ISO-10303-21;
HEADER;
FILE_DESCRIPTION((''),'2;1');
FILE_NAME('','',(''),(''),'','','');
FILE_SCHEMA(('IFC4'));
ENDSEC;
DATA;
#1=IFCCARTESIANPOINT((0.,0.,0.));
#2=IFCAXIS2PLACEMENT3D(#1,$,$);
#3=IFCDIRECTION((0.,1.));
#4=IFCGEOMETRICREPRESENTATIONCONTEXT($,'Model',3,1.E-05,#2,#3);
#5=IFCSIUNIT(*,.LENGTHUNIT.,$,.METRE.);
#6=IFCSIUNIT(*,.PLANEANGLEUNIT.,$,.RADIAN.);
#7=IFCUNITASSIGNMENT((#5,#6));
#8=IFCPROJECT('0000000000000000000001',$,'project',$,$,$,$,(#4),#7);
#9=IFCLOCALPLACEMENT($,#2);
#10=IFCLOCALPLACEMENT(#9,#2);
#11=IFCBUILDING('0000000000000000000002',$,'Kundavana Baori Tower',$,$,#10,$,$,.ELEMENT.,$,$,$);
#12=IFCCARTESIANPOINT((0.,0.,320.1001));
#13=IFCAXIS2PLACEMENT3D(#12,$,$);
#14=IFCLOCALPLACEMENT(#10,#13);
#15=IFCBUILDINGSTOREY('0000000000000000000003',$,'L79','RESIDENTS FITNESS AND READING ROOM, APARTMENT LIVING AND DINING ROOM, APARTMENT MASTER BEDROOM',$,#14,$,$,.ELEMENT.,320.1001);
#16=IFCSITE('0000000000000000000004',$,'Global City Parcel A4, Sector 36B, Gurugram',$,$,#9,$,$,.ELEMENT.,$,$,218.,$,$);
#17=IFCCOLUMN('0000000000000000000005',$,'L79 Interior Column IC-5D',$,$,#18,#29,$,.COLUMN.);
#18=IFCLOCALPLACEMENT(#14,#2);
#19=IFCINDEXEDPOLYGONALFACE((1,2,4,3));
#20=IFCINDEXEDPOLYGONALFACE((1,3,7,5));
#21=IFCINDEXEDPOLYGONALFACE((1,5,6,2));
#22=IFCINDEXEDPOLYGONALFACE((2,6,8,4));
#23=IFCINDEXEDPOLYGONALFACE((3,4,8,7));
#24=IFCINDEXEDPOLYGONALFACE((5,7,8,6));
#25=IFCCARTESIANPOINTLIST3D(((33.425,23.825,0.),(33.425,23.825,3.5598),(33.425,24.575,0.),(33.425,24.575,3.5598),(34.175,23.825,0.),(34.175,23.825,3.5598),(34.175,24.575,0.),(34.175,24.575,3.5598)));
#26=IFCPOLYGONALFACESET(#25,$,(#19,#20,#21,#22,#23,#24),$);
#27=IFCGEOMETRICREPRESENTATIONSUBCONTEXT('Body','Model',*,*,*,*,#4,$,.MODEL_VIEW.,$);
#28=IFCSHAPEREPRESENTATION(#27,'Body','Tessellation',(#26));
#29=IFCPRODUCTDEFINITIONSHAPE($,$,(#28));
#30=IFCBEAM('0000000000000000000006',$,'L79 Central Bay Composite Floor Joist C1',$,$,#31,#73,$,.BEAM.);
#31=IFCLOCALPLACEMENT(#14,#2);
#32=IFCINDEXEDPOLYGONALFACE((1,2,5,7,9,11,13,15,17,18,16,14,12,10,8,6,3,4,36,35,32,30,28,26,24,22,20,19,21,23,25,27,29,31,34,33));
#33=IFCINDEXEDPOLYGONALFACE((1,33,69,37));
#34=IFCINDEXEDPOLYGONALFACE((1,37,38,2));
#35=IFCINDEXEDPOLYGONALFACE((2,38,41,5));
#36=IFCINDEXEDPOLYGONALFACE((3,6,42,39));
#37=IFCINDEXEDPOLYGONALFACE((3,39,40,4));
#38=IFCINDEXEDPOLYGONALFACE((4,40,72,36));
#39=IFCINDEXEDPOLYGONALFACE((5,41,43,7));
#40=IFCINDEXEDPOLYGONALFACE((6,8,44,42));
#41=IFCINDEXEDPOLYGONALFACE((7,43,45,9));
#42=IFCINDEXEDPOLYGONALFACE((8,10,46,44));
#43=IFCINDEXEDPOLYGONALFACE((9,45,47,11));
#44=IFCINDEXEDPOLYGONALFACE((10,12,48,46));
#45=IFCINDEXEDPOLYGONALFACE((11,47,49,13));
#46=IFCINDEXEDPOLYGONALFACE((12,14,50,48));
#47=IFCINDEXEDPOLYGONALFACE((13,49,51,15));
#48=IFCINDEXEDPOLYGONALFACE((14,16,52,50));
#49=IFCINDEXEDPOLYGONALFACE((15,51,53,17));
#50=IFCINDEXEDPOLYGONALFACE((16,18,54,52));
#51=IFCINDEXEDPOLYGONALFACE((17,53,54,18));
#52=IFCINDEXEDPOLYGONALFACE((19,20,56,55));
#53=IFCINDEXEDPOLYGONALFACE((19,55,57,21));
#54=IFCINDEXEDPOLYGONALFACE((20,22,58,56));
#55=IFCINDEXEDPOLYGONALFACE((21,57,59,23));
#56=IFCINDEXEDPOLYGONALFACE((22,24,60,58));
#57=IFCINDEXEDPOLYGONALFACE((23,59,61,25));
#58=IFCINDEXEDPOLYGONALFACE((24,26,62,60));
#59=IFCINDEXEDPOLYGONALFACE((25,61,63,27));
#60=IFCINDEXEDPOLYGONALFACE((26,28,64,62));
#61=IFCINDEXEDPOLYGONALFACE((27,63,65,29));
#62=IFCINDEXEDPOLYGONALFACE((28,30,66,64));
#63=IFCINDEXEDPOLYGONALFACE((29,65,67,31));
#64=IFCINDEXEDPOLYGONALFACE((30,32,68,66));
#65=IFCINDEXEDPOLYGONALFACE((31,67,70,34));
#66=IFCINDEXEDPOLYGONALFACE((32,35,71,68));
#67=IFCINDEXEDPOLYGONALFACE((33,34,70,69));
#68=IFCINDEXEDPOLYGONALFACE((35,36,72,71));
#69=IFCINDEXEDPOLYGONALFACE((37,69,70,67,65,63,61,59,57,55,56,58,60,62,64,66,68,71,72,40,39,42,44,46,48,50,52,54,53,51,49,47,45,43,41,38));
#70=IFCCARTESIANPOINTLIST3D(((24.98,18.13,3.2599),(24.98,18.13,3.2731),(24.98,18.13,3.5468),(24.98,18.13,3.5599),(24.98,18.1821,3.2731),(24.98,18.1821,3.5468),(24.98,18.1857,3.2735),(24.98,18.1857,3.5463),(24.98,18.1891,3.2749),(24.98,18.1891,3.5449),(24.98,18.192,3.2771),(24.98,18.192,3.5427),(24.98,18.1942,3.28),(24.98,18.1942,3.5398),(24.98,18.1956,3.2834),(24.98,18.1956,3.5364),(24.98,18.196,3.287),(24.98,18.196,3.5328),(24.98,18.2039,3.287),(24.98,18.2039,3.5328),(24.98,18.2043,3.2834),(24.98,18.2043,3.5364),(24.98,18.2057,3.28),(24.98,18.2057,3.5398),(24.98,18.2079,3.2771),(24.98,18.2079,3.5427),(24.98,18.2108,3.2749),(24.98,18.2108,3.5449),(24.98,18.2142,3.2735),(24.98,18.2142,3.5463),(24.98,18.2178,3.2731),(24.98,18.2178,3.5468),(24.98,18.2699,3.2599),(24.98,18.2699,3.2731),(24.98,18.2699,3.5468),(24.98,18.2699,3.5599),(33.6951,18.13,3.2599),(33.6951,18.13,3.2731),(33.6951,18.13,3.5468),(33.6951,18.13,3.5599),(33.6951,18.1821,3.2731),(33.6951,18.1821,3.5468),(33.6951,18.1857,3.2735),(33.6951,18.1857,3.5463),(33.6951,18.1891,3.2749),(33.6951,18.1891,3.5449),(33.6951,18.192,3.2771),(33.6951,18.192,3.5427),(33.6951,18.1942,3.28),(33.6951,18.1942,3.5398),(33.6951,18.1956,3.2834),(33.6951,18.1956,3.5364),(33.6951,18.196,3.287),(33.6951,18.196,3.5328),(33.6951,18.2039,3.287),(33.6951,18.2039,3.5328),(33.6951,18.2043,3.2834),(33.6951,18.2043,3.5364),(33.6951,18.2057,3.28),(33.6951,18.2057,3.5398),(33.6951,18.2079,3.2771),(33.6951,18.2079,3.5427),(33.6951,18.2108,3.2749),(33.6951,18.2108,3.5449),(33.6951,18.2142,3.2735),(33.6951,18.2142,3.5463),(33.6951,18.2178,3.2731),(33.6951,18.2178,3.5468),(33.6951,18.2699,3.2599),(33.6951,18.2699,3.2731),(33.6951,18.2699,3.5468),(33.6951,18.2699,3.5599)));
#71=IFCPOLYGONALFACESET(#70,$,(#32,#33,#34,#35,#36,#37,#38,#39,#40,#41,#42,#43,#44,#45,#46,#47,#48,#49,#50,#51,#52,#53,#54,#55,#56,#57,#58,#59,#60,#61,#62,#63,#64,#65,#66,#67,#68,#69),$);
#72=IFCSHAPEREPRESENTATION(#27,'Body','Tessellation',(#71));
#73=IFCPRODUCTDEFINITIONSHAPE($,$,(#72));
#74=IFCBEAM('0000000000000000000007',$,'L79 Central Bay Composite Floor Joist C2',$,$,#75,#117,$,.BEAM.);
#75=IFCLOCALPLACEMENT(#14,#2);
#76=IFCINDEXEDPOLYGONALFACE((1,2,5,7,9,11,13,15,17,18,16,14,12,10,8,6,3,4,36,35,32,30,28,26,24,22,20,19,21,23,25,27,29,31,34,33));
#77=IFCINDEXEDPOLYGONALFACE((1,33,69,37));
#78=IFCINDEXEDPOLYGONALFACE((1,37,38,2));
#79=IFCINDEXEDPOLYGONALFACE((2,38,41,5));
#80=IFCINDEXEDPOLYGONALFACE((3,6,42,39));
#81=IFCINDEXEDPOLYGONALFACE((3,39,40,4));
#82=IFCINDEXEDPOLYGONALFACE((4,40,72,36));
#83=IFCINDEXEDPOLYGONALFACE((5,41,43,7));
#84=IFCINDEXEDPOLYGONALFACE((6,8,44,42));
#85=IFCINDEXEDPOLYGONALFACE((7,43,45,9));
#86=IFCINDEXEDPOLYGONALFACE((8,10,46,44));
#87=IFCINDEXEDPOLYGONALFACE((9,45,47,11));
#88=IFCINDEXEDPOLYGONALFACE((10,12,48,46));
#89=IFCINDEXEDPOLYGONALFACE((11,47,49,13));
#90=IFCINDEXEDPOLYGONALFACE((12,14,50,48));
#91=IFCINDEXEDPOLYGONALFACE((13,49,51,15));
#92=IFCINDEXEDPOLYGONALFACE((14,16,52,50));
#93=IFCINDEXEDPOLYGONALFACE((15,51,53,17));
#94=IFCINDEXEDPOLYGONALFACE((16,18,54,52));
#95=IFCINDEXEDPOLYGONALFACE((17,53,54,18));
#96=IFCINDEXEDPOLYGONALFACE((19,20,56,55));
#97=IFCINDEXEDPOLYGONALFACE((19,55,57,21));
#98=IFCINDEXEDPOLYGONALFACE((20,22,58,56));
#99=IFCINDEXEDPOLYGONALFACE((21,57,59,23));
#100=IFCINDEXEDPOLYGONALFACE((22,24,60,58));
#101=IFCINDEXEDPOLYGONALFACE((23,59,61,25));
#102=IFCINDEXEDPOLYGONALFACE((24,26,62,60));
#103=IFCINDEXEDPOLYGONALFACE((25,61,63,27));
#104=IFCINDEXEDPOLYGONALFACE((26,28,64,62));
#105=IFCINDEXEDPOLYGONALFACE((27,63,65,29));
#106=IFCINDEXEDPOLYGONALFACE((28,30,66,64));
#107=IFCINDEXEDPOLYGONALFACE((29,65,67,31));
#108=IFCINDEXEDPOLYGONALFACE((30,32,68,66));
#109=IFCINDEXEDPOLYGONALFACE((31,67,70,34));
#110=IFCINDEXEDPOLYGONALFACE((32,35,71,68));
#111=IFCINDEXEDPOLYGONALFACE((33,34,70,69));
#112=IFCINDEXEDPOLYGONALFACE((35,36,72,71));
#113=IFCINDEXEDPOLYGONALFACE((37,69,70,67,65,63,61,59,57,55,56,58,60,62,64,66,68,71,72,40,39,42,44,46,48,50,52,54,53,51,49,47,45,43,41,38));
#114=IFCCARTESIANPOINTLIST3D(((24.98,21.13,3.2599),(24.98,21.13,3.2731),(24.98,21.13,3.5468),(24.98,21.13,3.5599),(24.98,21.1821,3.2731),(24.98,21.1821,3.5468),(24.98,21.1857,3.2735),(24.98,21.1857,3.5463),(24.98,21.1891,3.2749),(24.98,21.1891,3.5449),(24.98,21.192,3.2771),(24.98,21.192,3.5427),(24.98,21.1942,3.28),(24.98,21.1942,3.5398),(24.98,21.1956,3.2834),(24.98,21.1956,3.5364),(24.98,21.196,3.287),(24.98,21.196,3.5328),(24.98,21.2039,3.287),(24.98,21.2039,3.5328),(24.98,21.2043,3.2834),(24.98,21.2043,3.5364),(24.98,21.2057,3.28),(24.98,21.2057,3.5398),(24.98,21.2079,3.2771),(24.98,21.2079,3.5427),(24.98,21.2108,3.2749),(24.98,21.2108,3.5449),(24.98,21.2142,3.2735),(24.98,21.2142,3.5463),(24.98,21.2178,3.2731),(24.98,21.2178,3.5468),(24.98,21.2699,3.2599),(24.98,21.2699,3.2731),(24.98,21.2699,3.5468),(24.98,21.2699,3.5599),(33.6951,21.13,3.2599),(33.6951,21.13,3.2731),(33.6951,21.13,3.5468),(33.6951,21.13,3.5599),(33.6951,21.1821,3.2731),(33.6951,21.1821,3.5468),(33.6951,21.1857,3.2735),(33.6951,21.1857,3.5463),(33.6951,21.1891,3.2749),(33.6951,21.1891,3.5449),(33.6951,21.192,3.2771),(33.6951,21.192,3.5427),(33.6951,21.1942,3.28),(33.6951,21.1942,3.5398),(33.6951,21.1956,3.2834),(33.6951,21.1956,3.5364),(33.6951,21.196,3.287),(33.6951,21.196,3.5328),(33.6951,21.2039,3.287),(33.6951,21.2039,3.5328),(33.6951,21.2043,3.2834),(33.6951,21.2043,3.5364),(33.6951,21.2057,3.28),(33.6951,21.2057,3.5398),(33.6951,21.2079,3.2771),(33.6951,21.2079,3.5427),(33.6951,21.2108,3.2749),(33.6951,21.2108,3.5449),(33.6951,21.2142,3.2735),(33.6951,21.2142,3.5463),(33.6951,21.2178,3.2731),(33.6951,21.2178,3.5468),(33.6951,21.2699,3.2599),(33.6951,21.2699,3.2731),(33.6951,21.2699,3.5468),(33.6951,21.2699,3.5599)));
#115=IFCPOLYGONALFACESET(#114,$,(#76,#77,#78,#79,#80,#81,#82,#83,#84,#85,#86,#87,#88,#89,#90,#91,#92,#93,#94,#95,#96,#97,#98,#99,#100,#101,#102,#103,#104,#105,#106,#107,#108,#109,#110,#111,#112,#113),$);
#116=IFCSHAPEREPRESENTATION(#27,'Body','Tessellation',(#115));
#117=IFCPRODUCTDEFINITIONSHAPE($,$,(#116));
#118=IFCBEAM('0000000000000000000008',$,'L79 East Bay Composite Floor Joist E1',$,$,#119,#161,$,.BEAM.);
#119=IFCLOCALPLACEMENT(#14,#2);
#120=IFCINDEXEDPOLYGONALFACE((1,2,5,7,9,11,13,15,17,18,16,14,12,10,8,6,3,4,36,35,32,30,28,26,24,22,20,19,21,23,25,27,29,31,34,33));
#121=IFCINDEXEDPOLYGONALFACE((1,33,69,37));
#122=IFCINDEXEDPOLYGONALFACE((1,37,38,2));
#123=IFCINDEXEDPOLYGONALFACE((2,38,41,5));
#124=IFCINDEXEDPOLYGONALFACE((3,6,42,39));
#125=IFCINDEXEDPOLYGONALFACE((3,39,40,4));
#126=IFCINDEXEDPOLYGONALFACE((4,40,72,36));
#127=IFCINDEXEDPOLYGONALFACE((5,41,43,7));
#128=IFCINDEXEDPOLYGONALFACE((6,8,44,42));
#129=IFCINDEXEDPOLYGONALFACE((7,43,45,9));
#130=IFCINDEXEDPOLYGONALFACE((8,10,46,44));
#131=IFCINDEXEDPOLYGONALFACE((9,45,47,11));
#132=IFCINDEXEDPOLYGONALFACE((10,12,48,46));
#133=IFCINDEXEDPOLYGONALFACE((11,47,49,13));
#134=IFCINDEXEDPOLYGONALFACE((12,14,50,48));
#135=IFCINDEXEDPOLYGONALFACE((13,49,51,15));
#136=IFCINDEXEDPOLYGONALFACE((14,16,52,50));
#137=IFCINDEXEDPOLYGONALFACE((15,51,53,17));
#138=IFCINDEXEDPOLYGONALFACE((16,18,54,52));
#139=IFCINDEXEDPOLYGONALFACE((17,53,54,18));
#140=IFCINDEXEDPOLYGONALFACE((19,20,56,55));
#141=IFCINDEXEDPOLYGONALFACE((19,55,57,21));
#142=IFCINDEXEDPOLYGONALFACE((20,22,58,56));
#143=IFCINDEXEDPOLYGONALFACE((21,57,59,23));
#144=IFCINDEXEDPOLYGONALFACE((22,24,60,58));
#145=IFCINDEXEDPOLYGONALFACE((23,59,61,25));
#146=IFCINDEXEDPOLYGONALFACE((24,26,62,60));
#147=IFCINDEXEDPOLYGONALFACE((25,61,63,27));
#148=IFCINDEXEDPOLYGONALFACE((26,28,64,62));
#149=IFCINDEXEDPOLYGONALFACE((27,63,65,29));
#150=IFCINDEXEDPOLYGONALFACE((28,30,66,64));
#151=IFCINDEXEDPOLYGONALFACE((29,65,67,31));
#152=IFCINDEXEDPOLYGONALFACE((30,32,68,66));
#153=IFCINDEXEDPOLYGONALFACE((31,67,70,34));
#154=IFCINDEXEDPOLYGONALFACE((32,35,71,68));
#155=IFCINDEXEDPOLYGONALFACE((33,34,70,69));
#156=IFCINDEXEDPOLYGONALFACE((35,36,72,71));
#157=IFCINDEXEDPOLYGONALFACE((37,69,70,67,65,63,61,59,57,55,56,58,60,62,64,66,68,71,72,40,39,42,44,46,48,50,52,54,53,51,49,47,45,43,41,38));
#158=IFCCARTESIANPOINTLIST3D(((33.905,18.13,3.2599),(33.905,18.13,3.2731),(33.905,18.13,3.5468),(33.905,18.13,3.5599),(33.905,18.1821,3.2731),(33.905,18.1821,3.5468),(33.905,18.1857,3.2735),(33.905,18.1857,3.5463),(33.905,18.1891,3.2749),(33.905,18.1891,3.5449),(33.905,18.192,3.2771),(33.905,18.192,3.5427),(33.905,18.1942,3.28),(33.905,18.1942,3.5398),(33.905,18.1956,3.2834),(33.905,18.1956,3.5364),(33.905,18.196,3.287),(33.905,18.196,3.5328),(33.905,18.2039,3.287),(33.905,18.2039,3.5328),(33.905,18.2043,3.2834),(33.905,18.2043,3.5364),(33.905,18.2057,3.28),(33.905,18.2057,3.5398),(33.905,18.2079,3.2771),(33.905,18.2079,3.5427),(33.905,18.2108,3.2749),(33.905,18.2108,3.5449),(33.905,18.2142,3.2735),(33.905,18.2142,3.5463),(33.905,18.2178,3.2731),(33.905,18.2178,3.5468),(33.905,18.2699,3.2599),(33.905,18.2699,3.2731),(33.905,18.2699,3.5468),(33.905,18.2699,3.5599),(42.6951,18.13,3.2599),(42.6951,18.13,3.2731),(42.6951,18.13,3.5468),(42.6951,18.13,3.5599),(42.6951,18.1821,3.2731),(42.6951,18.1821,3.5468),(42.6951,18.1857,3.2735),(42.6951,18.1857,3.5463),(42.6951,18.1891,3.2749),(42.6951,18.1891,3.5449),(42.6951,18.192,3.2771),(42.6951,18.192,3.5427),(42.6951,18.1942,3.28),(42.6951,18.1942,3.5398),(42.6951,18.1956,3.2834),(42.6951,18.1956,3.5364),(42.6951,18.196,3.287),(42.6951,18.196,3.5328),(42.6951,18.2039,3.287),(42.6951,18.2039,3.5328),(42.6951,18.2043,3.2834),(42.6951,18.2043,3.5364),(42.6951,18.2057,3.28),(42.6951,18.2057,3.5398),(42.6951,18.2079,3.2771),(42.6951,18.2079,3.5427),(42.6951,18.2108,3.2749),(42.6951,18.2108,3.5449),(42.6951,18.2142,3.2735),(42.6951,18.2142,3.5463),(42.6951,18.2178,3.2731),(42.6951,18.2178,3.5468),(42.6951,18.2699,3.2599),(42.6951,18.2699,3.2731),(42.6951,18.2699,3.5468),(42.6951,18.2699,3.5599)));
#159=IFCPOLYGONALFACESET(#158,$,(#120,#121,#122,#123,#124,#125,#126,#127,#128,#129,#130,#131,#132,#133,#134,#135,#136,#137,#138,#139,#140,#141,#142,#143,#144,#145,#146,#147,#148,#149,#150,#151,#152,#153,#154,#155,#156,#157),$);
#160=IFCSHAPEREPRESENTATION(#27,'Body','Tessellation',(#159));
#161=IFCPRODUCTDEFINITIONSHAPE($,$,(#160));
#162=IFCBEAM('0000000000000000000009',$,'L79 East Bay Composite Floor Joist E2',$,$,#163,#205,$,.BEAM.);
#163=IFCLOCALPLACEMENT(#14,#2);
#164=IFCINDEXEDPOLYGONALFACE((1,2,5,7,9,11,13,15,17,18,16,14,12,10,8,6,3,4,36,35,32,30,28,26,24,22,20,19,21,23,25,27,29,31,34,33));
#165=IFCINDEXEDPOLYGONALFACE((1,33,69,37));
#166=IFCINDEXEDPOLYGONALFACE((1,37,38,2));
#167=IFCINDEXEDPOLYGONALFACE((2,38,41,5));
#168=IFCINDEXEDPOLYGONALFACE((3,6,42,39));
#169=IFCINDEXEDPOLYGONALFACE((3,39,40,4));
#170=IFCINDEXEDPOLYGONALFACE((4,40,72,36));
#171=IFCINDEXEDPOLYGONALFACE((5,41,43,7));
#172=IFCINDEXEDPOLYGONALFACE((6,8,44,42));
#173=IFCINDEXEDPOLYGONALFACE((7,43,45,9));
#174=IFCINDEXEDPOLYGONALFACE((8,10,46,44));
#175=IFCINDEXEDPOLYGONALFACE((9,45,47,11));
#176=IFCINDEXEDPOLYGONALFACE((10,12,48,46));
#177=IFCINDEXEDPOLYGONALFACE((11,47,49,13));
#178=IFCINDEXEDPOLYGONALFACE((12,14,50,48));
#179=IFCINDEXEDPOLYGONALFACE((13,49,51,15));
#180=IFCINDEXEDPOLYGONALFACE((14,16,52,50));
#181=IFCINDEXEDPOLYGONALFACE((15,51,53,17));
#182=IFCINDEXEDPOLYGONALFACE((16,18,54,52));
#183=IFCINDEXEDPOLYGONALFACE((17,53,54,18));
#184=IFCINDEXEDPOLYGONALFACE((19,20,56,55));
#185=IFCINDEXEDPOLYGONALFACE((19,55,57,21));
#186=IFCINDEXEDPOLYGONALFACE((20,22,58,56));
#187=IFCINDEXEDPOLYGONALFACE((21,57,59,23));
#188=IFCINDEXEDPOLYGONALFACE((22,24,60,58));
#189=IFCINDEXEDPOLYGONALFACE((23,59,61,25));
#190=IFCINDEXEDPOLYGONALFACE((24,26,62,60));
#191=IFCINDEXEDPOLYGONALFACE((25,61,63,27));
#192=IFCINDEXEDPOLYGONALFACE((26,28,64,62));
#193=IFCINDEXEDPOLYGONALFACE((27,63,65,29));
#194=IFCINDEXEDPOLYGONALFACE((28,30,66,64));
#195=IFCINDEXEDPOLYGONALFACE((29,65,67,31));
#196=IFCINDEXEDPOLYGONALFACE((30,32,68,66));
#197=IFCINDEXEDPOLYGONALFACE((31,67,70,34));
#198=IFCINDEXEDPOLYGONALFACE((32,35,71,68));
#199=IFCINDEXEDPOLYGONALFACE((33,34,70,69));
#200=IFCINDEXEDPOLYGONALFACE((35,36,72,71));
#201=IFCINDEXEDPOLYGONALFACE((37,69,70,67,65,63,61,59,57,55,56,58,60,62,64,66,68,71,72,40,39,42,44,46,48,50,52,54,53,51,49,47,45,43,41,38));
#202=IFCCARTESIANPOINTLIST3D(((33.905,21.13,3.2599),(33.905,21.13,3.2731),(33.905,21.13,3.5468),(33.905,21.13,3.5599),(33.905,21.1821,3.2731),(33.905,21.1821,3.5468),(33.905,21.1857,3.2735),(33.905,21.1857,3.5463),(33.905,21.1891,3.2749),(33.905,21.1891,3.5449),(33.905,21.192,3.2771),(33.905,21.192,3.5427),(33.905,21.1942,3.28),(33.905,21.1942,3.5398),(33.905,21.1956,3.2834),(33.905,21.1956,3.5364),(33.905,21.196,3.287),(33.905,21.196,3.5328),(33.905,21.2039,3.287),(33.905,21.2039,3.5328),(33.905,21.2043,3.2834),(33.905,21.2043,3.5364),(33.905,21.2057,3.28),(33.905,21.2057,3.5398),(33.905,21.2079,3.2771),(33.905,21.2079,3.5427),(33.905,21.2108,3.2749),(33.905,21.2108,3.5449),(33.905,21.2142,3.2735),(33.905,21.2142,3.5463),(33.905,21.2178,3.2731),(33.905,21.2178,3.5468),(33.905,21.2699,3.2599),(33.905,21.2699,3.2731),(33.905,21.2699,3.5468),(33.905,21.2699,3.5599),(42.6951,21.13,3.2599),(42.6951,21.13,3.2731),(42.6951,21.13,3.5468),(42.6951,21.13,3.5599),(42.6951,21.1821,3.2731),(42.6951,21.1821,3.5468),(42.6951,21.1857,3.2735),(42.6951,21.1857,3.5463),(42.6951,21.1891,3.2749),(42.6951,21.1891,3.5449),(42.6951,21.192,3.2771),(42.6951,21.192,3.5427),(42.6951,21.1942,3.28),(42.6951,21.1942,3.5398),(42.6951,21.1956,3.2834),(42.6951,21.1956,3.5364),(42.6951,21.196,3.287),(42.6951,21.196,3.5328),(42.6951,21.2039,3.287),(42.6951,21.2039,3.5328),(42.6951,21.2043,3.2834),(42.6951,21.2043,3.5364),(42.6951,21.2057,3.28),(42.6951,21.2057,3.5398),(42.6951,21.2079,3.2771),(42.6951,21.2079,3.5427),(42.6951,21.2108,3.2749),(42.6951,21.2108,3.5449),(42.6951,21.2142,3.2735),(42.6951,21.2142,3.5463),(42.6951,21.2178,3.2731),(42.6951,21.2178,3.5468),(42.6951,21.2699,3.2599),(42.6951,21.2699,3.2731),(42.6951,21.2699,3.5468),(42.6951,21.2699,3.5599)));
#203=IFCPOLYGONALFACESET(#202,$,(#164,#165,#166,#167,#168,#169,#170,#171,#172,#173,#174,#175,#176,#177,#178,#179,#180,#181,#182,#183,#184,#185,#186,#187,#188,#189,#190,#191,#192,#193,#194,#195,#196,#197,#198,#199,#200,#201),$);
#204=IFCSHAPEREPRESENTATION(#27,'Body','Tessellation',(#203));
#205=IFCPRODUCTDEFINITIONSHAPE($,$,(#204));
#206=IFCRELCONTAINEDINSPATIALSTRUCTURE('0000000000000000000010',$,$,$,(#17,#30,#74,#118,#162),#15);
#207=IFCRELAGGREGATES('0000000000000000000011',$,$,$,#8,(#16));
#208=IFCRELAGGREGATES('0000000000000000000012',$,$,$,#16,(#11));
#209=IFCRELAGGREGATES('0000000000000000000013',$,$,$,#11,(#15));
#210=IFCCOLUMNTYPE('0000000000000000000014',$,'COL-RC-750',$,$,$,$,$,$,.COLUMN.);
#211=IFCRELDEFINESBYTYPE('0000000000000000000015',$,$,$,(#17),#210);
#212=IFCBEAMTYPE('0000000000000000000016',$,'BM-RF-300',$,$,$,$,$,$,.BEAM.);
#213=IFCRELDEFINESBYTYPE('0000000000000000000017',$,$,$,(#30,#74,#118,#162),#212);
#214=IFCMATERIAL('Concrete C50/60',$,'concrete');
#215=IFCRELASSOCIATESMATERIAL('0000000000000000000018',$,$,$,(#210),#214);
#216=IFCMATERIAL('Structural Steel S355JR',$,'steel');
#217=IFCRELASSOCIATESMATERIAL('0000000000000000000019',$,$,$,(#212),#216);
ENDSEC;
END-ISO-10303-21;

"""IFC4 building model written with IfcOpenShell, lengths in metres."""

from ifc_helpers import new_model, si_unit, direction, frame, origin, origin_2d, place, context, subcontext, project, spatial, rectangle, i_section, extrude, material, material_profile, profile_set, type_object, element, save


model = new_model("IFC4")

# Units and contexts
model_context = context("Model", 3, precision=1e-05, world=origin(), true_north=direction((0.0, 1.0)))
body_context = subcontext(model_context, "Body", "Model", "MODEL_VIEW")
ifc_project = project(units=[si_unit("LENGTHUNIT", "METRE"), si_unit("PLANEANGLEUNIT", "RADIAN")], contexts=[model_context])

# Site, building, storey
site_placement = place(None, origin())
site = spatial("IfcSite", under=ifc_project, at=site_placement, Name="Global City Parcel A4, Sector 36B, Gurugram", CompositionType="ELEMENT", RefElevation=218.0)
building_placement = place(site_placement, origin())
building = spatial("IfcBuilding", under=site, at=building_placement, Name="Kundavana Baori Tower", CompositionType="ELEMENT")
storey_placement = place(building_placement, frame((0.0, 0.0, 320.1001)))
storey = spatial("IfcBuildingStorey", under=building, at=storey_placement, Name="L79", Description="RESIDENTS FITNESS AND READING ROOM, APARTMENT LIVING AND DINING ROOM, APARTMENT MASTER BEDROOM", CompositionType="ELEMENT", Elevation=320.1001)

# Column
ifc_material_1 = material(Name="Concrete C50/60", Category="concrete")
ifc_material_profile_1 = material_profile(ifc_material_1, rectangle(XDim=0.75, YDim=0.75, at=origin_2d()), Name="RC 750x750")
ifc_profile_set_1 = profile_set([ifc_material_profile_1], Name="Concrete C50/60")
column_type = type_object("IfcColumnType", Name="COL-RC-750", PredefinedType="COLUMN", material=ifc_profile_set_1)
column_placement = place(storey_placement, frame((33.8, 24.2, 0.0), z_axis=(0.0, 0.0, 1.0), x_axis=(1.0, 0.0, 0.0)))
element("IfcColumn", 1, at=column_placement, inside=storey, type_object=column_type, Name="L79 Interior Column IC-5D", PredefinedType="COLUMN", context=body_context, shape_type="SweptSolid", body=[
    extrude(rectangle(XDim=0.75, YDim=0.75, at=origin_2d()), origin(), (0.0, 0.0, 1.0), 3.5598),
])

# Beams
ifc_material_2 = material(Name="Structural Steel S355JR", Category="steel")
ifc_material_profile_2 = material_profile(ifc_material_2, i_section(OverallWidth=0.1399, OverallDepth=0.3, WebThickness=0.0078, FlangeThickness=0.0132, FilletRadius=0.0139, at=origin_2d()), Name="ISMB 300")
ifc_profile_set_2 = profile_set([ifc_material_profile_2], Name="Structural Steel S355JR")
beam_type_1 = type_object("IfcBeamType", Name="BM-RF-300", PredefinedType="BEAM", material=ifc_profile_set_2)
for number, where, z_axis, x_axis, name in (
    (2, (24.98, 18.2, 3.4099), (1.0, 0.0, 0.0), (0.0, 1.0, 0.0), "L79 Central Bay Composite Floor Joist C1"),
    (3, (24.98, 21.2, 3.4099), (1.0, 0.0, 0.0), (0.0, 1.0, 0.0), "L79 Central Bay Composite Floor Joist C2"),
):
    element("IfcBeam", number, at=place(storey_placement, frame(where, z_axis=z_axis, x_axis=x_axis)), inside=storey, type_object=beam_type_1, Name=name, PredefinedType="BEAM", context=body_context, shape_type="SweptSolid", body=[
        extrude(i_section(OverallWidth=0.1399, OverallDepth=0.3, WebThickness=0.0078, FlangeThickness=0.0132, FilletRadius=0.0139, at=origin_2d()), origin(), (0.0, 0.0, 1.0), 8.7151),
    ])
for number, where, z_axis, x_axis, name in (
    (4, (33.905, 18.2, 3.4099), (1.0, 0.0, 0.0), (0.0, 1.0, 0.0), "L79 East Bay Composite Floor Joist E1"),
    (5, (33.905, 21.2, 3.4099), (1.0, 0.0, 0.0), (0.0, 1.0, 0.0), "L79 East Bay Composite Floor Joist E2"),
):
    element("IfcBeam", number, at=place(storey_placement, frame(where, z_axis=z_axis, x_axis=x_axis)), inside=storey, type_object=beam_type_1, Name=name, PredefinedType="BEAM", context=body_context, shape_type="SweptSolid", body=[
        extrude(i_section(OverallWidth=0.1399, OverallDepth=0.3, WebThickness=0.0078, FlangeThickness=0.0132, FilletRadius=0.0139, at=origin_2d()), origin(), (0.0, 0.0, 1.0), 8.79),
    ])

save(model, "model.ifc")
